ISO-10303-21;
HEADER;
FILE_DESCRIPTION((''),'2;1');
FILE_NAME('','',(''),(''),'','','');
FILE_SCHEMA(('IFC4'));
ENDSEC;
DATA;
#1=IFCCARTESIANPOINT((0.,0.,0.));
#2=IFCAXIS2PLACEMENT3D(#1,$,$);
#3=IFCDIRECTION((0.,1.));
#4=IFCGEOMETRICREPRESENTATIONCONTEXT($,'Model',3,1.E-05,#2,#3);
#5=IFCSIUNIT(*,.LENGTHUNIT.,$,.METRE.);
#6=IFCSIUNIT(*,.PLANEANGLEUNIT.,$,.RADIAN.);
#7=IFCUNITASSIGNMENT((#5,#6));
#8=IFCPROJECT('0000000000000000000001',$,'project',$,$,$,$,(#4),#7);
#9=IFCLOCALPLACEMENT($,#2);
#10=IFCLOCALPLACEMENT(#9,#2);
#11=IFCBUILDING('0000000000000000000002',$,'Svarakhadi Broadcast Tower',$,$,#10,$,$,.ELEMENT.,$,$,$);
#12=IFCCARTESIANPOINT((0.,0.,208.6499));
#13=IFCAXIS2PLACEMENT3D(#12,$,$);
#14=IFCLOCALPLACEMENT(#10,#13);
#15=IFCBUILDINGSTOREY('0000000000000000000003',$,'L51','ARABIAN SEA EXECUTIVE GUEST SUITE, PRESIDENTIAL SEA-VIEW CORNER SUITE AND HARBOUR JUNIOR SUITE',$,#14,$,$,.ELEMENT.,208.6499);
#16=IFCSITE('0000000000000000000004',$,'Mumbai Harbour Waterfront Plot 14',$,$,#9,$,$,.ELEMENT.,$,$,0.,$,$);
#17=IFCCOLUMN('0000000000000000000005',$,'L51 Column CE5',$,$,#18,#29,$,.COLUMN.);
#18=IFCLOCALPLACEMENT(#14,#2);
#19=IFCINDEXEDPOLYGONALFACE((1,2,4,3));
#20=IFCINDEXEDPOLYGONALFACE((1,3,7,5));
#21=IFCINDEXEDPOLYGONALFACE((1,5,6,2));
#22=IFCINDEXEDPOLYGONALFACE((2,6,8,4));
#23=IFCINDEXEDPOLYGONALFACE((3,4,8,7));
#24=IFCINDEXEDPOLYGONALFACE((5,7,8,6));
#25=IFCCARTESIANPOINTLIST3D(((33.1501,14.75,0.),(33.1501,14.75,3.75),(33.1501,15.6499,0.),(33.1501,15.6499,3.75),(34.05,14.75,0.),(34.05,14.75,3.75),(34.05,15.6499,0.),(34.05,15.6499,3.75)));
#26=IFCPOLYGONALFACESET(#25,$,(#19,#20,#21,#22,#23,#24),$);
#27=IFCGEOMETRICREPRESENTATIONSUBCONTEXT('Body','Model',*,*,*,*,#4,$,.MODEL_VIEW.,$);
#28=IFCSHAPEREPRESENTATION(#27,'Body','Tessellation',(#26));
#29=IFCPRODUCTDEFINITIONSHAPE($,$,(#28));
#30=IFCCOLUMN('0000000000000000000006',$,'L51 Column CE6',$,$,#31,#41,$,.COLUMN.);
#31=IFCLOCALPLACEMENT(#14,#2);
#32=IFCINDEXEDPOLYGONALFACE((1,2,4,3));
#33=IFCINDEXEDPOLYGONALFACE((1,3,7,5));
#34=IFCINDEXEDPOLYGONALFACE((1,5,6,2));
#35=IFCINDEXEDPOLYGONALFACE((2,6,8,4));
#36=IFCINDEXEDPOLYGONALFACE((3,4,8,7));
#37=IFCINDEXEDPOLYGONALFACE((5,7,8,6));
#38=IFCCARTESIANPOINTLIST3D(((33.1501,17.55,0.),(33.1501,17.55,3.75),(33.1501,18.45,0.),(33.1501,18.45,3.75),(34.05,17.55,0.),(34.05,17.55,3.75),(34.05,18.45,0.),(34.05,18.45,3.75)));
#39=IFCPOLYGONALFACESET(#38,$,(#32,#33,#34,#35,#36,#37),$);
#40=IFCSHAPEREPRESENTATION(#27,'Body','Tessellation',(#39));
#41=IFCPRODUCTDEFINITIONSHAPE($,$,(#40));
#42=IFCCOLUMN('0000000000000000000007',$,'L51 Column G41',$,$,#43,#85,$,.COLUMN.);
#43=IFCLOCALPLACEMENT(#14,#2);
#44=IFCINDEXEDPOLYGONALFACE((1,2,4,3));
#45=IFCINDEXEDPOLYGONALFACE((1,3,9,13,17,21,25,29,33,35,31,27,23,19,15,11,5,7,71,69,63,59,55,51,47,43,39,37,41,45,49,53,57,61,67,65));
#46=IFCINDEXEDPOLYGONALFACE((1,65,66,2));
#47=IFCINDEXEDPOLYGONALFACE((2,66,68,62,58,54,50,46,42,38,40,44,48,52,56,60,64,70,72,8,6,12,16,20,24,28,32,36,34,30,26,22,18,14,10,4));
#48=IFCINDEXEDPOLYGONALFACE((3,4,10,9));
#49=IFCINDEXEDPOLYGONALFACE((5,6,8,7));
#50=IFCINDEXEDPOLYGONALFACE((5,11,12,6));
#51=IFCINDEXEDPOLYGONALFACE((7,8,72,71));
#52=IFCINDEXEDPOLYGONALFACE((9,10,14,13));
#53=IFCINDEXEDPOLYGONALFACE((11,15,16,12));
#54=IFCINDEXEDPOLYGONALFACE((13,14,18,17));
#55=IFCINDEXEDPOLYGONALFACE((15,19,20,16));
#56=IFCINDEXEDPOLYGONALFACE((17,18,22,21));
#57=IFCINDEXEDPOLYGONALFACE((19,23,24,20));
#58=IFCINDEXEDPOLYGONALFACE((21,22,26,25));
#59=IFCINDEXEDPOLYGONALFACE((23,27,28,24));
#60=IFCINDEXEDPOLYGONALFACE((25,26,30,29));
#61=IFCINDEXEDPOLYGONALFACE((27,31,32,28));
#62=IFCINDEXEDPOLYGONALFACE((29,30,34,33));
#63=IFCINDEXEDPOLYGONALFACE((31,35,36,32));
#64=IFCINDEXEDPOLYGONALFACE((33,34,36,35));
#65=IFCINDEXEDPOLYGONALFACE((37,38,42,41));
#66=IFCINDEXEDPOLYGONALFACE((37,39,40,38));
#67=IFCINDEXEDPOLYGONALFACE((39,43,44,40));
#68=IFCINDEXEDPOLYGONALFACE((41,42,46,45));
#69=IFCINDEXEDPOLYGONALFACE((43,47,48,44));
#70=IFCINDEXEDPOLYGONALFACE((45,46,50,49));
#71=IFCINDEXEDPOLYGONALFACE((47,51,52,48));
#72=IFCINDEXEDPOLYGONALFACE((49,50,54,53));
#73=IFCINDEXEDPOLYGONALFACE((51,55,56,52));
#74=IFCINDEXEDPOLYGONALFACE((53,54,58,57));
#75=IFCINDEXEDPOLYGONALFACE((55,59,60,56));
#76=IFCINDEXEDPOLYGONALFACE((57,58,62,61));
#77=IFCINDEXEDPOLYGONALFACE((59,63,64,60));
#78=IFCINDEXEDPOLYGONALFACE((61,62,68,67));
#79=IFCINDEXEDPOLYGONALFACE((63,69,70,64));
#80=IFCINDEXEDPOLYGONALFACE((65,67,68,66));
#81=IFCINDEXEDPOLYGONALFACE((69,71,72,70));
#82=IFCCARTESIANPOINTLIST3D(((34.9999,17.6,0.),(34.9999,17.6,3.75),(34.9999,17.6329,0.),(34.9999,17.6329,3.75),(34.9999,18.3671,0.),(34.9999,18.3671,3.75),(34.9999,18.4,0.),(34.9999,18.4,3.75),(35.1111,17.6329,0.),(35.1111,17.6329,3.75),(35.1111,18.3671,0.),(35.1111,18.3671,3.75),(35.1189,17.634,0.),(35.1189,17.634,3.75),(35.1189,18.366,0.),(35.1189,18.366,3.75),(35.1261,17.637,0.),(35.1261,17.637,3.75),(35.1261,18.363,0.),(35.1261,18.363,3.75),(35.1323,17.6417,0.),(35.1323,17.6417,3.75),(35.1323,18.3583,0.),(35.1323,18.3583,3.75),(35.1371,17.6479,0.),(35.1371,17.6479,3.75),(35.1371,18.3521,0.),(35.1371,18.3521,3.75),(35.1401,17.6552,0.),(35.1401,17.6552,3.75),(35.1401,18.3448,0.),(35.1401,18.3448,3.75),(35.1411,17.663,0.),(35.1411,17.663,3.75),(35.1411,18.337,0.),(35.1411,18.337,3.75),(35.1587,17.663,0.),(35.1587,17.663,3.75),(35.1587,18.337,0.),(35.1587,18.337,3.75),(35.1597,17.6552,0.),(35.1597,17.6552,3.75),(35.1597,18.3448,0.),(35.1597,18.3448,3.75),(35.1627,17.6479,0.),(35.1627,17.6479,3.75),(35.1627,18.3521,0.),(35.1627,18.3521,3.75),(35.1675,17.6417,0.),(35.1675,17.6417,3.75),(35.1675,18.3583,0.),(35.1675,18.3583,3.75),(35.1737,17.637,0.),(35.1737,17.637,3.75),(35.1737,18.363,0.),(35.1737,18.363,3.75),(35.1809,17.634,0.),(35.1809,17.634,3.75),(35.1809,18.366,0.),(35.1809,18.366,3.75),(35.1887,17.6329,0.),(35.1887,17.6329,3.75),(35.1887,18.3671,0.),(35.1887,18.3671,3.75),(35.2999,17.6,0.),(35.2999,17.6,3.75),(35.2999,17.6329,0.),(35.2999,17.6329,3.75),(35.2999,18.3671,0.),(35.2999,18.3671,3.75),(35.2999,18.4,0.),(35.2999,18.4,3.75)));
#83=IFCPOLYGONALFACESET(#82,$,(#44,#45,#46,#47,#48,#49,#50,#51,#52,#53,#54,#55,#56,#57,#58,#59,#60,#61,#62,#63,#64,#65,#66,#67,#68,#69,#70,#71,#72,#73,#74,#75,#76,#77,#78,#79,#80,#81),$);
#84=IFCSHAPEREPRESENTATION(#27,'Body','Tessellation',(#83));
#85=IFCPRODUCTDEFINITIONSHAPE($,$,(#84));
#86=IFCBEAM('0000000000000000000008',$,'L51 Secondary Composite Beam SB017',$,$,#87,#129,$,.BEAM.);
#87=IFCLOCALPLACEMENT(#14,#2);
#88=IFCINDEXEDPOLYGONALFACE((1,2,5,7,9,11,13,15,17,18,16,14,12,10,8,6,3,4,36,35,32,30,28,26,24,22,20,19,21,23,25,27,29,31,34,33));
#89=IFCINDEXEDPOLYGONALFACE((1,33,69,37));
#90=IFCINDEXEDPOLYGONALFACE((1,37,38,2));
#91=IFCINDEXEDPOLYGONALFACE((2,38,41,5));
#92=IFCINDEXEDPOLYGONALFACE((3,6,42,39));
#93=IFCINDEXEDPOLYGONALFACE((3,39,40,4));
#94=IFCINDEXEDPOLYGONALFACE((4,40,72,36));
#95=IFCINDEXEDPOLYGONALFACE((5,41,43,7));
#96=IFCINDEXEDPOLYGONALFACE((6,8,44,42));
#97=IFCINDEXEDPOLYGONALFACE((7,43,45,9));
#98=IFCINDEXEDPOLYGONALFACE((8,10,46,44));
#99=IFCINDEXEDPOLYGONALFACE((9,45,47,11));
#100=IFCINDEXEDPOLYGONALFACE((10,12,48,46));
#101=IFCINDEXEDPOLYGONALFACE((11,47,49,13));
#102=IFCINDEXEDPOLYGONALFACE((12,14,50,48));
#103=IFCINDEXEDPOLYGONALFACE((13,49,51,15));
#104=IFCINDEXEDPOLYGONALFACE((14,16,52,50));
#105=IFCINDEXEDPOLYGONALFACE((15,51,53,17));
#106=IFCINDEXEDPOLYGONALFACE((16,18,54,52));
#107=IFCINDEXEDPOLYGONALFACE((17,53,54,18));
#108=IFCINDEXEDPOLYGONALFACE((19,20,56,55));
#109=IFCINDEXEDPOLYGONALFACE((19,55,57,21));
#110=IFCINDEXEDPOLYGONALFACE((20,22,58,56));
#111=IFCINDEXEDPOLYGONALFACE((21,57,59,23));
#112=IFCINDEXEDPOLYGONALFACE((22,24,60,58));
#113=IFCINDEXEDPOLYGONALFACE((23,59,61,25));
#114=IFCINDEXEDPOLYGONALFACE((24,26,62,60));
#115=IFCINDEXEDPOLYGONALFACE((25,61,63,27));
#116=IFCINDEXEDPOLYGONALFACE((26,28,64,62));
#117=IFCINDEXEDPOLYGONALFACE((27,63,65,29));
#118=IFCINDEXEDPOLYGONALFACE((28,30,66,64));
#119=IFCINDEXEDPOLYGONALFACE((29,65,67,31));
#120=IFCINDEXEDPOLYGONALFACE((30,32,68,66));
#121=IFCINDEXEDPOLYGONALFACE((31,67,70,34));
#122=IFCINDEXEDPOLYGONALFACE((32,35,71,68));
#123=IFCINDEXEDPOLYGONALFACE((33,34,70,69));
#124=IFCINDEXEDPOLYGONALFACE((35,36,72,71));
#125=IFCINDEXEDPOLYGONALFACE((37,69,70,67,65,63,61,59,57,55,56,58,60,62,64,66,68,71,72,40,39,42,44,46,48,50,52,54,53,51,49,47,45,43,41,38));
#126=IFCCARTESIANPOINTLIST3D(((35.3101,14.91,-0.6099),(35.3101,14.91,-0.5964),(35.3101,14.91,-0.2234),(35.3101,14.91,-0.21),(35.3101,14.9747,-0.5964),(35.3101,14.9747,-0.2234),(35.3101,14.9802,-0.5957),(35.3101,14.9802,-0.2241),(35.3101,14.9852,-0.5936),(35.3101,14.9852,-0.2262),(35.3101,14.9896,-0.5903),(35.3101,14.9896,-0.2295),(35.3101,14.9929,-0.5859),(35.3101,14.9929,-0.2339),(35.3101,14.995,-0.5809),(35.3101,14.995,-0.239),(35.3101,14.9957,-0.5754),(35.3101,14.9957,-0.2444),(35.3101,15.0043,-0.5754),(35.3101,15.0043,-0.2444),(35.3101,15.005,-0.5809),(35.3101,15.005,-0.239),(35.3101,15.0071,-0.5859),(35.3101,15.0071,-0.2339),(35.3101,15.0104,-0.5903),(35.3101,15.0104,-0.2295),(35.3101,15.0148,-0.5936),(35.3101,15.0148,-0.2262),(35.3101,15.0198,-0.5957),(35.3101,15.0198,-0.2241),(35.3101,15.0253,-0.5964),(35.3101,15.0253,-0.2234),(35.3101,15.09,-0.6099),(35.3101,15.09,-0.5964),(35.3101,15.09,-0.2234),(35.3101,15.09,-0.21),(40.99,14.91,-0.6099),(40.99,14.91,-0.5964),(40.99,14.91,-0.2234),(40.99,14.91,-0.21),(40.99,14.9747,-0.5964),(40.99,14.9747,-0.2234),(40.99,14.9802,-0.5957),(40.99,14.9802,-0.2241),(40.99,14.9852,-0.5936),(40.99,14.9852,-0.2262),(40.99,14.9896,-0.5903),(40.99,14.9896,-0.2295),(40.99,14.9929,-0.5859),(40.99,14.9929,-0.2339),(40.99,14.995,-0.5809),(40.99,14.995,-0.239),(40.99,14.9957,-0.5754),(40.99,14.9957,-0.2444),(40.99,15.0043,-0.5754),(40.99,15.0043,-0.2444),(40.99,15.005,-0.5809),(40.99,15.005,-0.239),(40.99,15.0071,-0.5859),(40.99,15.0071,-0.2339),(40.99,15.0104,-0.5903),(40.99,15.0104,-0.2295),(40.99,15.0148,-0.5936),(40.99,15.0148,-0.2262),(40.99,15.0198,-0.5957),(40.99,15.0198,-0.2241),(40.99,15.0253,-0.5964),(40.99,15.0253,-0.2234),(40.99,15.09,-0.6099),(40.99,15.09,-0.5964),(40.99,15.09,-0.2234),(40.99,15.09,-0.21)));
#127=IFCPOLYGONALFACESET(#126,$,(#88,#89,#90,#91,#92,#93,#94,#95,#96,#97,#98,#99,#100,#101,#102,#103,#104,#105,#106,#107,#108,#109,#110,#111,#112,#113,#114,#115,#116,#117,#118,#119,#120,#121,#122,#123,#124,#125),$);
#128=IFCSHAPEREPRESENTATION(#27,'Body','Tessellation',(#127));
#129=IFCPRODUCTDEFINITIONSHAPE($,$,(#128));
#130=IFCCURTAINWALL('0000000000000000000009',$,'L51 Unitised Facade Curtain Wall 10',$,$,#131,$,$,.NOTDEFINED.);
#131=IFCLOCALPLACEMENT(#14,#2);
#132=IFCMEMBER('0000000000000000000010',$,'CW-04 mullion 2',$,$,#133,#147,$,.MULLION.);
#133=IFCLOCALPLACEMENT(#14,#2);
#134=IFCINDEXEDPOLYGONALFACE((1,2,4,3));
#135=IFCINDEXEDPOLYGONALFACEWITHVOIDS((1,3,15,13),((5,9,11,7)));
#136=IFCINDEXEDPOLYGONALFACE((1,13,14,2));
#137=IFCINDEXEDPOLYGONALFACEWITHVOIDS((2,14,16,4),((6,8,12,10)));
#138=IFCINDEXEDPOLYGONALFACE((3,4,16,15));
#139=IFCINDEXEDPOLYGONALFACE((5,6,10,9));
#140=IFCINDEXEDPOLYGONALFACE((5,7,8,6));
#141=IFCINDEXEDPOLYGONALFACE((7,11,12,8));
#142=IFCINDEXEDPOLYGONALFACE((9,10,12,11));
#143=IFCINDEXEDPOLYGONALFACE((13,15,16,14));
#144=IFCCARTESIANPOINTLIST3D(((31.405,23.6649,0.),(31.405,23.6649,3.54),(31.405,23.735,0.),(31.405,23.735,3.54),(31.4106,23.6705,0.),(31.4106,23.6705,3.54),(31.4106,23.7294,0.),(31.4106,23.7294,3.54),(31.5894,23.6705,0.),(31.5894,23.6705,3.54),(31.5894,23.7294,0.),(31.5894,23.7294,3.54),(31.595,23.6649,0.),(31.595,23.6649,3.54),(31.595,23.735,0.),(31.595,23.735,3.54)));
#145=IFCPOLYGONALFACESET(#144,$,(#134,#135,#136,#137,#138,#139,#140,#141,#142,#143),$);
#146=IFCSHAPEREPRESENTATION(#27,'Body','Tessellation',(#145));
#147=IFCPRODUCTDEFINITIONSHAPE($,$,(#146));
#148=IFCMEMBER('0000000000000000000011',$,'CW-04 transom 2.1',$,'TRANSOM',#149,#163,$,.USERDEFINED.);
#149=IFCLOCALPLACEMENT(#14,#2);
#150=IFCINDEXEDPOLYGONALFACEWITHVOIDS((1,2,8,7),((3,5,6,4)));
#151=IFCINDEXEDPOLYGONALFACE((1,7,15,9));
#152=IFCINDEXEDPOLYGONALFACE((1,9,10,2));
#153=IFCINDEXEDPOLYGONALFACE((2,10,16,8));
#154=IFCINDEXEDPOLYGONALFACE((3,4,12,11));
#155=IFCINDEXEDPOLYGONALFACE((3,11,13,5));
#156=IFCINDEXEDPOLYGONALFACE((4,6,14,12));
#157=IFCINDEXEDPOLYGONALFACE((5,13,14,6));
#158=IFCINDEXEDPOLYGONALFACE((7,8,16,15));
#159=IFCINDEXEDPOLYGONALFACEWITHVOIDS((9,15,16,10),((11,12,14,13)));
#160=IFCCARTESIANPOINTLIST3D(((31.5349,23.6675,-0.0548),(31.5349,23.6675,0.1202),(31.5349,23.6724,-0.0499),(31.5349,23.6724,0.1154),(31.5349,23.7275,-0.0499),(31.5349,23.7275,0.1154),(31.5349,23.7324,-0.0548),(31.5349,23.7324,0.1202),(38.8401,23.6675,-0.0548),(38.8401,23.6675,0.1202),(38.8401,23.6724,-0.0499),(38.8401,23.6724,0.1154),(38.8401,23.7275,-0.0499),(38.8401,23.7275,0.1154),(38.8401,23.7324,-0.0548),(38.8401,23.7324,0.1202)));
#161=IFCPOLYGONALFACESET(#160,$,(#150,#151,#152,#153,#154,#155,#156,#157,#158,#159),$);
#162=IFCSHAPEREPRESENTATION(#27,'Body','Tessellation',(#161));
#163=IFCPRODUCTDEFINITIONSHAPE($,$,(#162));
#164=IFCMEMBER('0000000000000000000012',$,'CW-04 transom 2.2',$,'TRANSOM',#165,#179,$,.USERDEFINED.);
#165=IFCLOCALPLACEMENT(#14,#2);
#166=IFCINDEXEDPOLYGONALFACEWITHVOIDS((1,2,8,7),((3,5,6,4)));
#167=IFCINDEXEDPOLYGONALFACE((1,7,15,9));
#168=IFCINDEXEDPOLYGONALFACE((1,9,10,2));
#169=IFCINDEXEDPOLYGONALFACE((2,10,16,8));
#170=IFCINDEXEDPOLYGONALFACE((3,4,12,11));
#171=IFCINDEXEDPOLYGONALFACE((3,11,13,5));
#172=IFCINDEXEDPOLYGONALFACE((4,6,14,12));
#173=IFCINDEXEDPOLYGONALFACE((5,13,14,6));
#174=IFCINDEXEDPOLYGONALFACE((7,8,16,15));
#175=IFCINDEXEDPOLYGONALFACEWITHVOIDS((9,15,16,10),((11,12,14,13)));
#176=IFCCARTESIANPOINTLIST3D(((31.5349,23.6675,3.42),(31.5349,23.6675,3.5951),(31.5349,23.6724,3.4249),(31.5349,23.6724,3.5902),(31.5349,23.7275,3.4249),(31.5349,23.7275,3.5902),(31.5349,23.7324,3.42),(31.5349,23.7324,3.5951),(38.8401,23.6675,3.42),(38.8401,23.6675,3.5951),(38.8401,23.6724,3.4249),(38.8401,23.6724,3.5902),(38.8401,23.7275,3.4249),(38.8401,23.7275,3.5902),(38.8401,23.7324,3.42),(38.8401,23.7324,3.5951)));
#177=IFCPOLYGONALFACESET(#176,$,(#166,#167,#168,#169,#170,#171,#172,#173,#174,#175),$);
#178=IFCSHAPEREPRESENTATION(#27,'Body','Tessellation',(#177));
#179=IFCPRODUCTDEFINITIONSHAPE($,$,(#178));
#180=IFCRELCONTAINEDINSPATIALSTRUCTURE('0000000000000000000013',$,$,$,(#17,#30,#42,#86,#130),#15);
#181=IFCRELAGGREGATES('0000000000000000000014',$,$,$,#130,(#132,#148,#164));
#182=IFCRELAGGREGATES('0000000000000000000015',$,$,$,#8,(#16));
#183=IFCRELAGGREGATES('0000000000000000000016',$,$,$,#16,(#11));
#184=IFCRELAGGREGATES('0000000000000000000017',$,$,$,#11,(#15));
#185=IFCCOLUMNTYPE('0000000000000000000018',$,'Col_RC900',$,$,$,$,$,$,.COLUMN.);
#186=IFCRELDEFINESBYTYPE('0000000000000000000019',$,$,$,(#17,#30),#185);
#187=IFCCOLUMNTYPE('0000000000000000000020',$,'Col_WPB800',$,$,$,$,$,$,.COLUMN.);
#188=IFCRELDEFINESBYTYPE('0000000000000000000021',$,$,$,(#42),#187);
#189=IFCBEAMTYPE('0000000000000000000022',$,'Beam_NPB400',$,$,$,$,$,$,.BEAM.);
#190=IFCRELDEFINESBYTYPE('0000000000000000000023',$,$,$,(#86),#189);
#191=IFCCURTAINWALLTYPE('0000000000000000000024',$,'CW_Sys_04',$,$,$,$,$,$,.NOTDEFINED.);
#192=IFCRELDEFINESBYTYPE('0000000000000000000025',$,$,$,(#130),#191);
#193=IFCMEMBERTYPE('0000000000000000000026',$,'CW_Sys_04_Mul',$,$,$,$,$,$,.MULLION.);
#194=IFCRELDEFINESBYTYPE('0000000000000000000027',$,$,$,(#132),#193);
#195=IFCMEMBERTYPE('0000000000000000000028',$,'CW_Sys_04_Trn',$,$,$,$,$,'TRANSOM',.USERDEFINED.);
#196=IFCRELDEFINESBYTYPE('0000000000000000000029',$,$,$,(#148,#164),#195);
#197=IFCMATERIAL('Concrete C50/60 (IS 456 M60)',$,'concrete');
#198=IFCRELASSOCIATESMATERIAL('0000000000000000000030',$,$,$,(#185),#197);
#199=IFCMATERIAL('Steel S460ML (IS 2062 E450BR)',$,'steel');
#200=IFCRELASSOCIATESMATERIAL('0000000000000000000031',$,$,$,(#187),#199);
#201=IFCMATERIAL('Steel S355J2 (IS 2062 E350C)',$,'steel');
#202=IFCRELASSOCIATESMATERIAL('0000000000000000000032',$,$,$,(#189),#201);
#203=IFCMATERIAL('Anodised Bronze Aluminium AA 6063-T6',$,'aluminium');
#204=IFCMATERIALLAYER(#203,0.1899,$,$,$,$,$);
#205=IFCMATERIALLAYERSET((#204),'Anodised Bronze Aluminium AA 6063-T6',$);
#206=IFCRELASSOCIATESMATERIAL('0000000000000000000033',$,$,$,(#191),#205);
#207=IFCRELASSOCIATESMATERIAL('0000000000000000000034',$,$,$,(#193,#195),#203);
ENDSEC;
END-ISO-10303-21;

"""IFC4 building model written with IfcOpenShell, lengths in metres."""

from ifc_helpers import new_model, si_unit, direction, frame, origin, origin_2d, place, context, subcontext, project, spatial, rectangle, hollow_rectangle, i_section, extrude, material, layer, layer_set, material_profile, profile_set, type_object, element, aggregate, save


model = new_model("IFC4")

# Units and contexts
model_context = context("Model", 3, precision=1e-05, world=origin(), true_north=direction((0.0, 1.0)))
body_context = subcontext(model_context, "Body", "Model", "MODEL_VIEW")
ifc_project = project(units=[si_unit("LENGTHUNIT", "METRE"), si_unit("PLANEANGLEUNIT", "RADIAN")], contexts=[model_context])

# Site, building, storey
site_placement = place(None, origin())
site = spatial("IfcSite", under=ifc_project, at=site_placement, Name="Mumbai Harbour Waterfront Plot 14", CompositionType="ELEMENT", RefElevation=0.0)
building_placement = place(site_placement, origin())
building = spatial("IfcBuilding", under=site, at=building_placement, Name="Svarakhadi Broadcast Tower", CompositionType="ELEMENT")
storey_placement = place(building_placement, frame((0.0, 0.0, 208.6499)))
storey = spatial("IfcBuildingStorey", under=building, at=storey_placement, Name="L51", Description="ARABIAN SEA EXECUTIVE GUEST SUITE, PRESIDENTIAL SEA-VIEW CORNER SUITE AND HARBOUR JUNIOR SUITE", CompositionType="ELEMENT", Elevation=208.6499)

# Columns
ifc_material_1 = material(Name="Concrete C50/60 (IS 456 M60)", Category="concrete")
ifc_material_profile_1 = material_profile(ifc_material_1, rectangle(XDim=0.8999, YDim=0.8999, at=origin_2d()), Name="RC 900x900")
ifc_profile_set_1 = profile_set([ifc_material_profile_1], Name="Concrete C50/60 (IS 456 M60)")
column_type_1 = type_object("IfcColumnType", Name="Col_RC900", PredefinedType="COLUMN", material=ifc_profile_set_1)
for number, where, z_axis, x_axis, name in (
    (1, (33.6001, 15.2, 0.0), (0.0, 0.0, 1.0), (1.0, 0.0, 0.0), "L51 Column CE5"),
    (2, (33.6001, 18.0, 0.0), (0.0, 0.0, 1.0), (1.0, 0.0, 0.0), "L51 Column CE6"),
):
    element("IfcColumn", number, at=place(storey_placement, frame(where, z_axis=z_axis, x_axis=x_axis)), inside=storey, type_object=column_type_1, Name=name, PredefinedType="COLUMN", context=body_context, shape_type="SweptSolid", body=[
        extrude(rectangle(XDim=0.8999, YDim=0.8999, at=origin_2d()), origin(), (0.0, 0.0, 1.0), 3.75),
    ])
ifc_material_2 = material(Name="Steel S460ML (IS 2062 E450BR)", Category="steel")
ifc_material_profile_2 = material_profile(ifc_material_2, i_section(OverallWidth=0.3, OverallDepth=0.8, WebThickness=0.0176, FlangeThickness=0.033, FilletRadius=0.03, at=origin_2d()), Name="WPB 800x300x262")
ifc_profile_set_2 = profile_set([ifc_material_profile_2], Name="Steel S460ML (IS 2062 E450BR)")
column_type_2 = type_object("IfcColumnType", Name="Col_WPB800", PredefinedType="COLUMN", material=ifc_profile_set_2)
column_placement = place(storey_placement, frame((35.1499, 18.0, 0.0), z_axis=(0.0, 0.0, 1.0), x_axis=(1.0, 0.0, 0.0)))
element("IfcColumn", 3, at=column_placement, inside=storey, type_object=column_type_2, Name="L51 Column G41", PredefinedType="COLUMN", context=body_context, shape_type="SweptSolid", body=[
    extrude(i_section(OverallWidth=0.3, OverallDepth=0.8, WebThickness=0.0176, FlangeThickness=0.033, FilletRadius=0.03, at=origin_2d()), origin(), (0.0, 0.0, 1.0), 3.75),
])

# Beam
ifc_material_3 = material(Name="Steel S355J2 (IS 2062 E350C)", Category="steel")
ifc_material_profile_3 = material_profile(ifc_material_3, i_section(OverallWidth=0.1799, OverallDepth=0.3999, WebThickness=0.0085, FlangeThickness=0.0134, FilletRadius=0.021, at=origin_2d()), Name="NPB 400x180x66")
ifc_profile_set_3 = profile_set([ifc_material_profile_3], Name="Steel S355J2 (IS 2062 E350C)")
beam_type_1 = type_object("IfcBeamType", Name="Beam_NPB400", PredefinedType="BEAM", material=ifc_profile_set_3)
beam_1_placement = place(storey_placement, frame((35.3101, 15.0, -0.4099), z_axis=(1.0, 0.0, 0.0), x_axis=(0.0, 1.0, 0.0)))
element("IfcBeam", 4, at=beam_1_placement, inside=storey, type_object=beam_type_1, Name="L51 Secondary Composite Beam SB017", PredefinedType="BEAM", context=body_context, shape_type="SweptSolid", body=[
    extrude(i_section(OverallWidth=0.1799, OverallDepth=0.3999, WebThickness=0.0085, FlangeThickness=0.0134, FilletRadius=0.021, at=origin_2d()), origin(), (0.0, 0.0, 1.0), 5.6799),
])

# Curtain wall, members
ifc_material_4 = material(Name="Anodised Bronze Aluminium AA 6063-T6", Category="aluminium")
ifc_layer_1 = layer(ifc_material_4, 0.1899)
ifc_layer_set_1 = layer_set([ifc_layer_1], Name="Anodised Bronze Aluminium AA 6063-T6")
curtain_wall_type = type_object("IfcCurtainWallType", Name="CW_Sys_04", PredefinedType="NOTDEFINED", material=ifc_layer_set_1)
curtain_wall_placement = place(storey_placement, origin())
curtain_wall = element("IfcCurtainWall", 5, at=curtain_wall_placement, inside=storey, type_object=curtain_wall_type, Name="L51 Unitised Facade Curtain Wall 10", PredefinedType="NOTDEFINED")
ifc_material_profile_4 = material_profile(ifc_material_4, hollow_rectangle(XDim=0.0701, YDim=0.1899, WallThickness=0.0056, at=origin_2d()), Name="ALU MULLION 190x70x6")
ifc_profile_set_4 = profile_set([ifc_material_profile_4], Name="Anodised Bronze Aluminium AA 6063-T6")
member_type_1 = type_object("IfcMemberType", Name="CW_Sys_04_Mul", PredefinedType="MULLION", material=ifc_profile_set_4)
member_1_placement = place(storey_placement, frame((31.5, 23.7, 0.0), z_axis=(0.0, 0.0, 1.0), x_axis=(0.0, 1.0, 0.0)))
member_1 = element("IfcMember", 6, at=member_1_placement, type_object=member_type_1, Name="CW-04 mullion 2", PredefinedType="MULLION", context=body_context, shape_type="SweptSolid", body=[
    extrude(hollow_rectangle(XDim=0.0701, YDim=0.1899, WallThickness=0.0056, at=origin_2d()), origin(), (0.0, 0.0, 1.0), 3.54),
])
ifc_material_profile_5 = material_profile(ifc_material_4, hollow_rectangle(XDim=0.0649, YDim=0.175, WallThickness=0.0049, at=origin_2d()), Name="ALU TRANSOM 175x65x5")
ifc_profile_set_5 = profile_set([ifc_material_profile_5], Name="Anodised Bronze Aluminium AA 6063-T6")
member_type_2 = type_object("IfcMemberType", Name="CW_Sys_04_Trn", ElementType="TRANSOM", PredefinedType="USERDEFINED", material=ifc_profile_set_5)
member_2_placement = place(storey_placement, frame((31.5349, 23.7, 0.0327), z_axis=(1.0, 0.0, 0.0), x_axis=(0.0, 1.0, 0.0)))
member_2 = element("IfcMember", 7, at=member_2_placement, type_object=member_type_2, Name="CW-04 transom 2.1", ObjectType="TRANSOM", PredefinedType="USERDEFINED", context=body_context, shape_type="SweptSolid", body=[
    extrude(hollow_rectangle(XDim=0.0649, YDim=0.175, WallThickness=0.0049, at=origin_2d()), origin(), (0.0, 0.0, 1.0), 7.3052),
])
member_3_placement = place(storey_placement, frame((31.5349, 23.7, 3.5076), z_axis=(1.0, 0.0, 0.0), x_axis=(0.0, 1.0, 0.0)))
member_3 = element("IfcMember", 8, at=member_3_placement, type_object=member_type_2, Name="CW-04 transom 2.2", ObjectType="TRANSOM", PredefinedType="USERDEFINED", context=body_context, shape_type="SweptSolid", body=[
    extrude(hollow_rectangle(XDim=0.0649, YDim=0.175, WallThickness=0.0049, at=origin_2d()), origin(), (0.0, 0.0, 1.0), 7.3052),
])

aggregate(curtain_wall, [member_1, member_2, member_3])

save(model, "model.ifc")
